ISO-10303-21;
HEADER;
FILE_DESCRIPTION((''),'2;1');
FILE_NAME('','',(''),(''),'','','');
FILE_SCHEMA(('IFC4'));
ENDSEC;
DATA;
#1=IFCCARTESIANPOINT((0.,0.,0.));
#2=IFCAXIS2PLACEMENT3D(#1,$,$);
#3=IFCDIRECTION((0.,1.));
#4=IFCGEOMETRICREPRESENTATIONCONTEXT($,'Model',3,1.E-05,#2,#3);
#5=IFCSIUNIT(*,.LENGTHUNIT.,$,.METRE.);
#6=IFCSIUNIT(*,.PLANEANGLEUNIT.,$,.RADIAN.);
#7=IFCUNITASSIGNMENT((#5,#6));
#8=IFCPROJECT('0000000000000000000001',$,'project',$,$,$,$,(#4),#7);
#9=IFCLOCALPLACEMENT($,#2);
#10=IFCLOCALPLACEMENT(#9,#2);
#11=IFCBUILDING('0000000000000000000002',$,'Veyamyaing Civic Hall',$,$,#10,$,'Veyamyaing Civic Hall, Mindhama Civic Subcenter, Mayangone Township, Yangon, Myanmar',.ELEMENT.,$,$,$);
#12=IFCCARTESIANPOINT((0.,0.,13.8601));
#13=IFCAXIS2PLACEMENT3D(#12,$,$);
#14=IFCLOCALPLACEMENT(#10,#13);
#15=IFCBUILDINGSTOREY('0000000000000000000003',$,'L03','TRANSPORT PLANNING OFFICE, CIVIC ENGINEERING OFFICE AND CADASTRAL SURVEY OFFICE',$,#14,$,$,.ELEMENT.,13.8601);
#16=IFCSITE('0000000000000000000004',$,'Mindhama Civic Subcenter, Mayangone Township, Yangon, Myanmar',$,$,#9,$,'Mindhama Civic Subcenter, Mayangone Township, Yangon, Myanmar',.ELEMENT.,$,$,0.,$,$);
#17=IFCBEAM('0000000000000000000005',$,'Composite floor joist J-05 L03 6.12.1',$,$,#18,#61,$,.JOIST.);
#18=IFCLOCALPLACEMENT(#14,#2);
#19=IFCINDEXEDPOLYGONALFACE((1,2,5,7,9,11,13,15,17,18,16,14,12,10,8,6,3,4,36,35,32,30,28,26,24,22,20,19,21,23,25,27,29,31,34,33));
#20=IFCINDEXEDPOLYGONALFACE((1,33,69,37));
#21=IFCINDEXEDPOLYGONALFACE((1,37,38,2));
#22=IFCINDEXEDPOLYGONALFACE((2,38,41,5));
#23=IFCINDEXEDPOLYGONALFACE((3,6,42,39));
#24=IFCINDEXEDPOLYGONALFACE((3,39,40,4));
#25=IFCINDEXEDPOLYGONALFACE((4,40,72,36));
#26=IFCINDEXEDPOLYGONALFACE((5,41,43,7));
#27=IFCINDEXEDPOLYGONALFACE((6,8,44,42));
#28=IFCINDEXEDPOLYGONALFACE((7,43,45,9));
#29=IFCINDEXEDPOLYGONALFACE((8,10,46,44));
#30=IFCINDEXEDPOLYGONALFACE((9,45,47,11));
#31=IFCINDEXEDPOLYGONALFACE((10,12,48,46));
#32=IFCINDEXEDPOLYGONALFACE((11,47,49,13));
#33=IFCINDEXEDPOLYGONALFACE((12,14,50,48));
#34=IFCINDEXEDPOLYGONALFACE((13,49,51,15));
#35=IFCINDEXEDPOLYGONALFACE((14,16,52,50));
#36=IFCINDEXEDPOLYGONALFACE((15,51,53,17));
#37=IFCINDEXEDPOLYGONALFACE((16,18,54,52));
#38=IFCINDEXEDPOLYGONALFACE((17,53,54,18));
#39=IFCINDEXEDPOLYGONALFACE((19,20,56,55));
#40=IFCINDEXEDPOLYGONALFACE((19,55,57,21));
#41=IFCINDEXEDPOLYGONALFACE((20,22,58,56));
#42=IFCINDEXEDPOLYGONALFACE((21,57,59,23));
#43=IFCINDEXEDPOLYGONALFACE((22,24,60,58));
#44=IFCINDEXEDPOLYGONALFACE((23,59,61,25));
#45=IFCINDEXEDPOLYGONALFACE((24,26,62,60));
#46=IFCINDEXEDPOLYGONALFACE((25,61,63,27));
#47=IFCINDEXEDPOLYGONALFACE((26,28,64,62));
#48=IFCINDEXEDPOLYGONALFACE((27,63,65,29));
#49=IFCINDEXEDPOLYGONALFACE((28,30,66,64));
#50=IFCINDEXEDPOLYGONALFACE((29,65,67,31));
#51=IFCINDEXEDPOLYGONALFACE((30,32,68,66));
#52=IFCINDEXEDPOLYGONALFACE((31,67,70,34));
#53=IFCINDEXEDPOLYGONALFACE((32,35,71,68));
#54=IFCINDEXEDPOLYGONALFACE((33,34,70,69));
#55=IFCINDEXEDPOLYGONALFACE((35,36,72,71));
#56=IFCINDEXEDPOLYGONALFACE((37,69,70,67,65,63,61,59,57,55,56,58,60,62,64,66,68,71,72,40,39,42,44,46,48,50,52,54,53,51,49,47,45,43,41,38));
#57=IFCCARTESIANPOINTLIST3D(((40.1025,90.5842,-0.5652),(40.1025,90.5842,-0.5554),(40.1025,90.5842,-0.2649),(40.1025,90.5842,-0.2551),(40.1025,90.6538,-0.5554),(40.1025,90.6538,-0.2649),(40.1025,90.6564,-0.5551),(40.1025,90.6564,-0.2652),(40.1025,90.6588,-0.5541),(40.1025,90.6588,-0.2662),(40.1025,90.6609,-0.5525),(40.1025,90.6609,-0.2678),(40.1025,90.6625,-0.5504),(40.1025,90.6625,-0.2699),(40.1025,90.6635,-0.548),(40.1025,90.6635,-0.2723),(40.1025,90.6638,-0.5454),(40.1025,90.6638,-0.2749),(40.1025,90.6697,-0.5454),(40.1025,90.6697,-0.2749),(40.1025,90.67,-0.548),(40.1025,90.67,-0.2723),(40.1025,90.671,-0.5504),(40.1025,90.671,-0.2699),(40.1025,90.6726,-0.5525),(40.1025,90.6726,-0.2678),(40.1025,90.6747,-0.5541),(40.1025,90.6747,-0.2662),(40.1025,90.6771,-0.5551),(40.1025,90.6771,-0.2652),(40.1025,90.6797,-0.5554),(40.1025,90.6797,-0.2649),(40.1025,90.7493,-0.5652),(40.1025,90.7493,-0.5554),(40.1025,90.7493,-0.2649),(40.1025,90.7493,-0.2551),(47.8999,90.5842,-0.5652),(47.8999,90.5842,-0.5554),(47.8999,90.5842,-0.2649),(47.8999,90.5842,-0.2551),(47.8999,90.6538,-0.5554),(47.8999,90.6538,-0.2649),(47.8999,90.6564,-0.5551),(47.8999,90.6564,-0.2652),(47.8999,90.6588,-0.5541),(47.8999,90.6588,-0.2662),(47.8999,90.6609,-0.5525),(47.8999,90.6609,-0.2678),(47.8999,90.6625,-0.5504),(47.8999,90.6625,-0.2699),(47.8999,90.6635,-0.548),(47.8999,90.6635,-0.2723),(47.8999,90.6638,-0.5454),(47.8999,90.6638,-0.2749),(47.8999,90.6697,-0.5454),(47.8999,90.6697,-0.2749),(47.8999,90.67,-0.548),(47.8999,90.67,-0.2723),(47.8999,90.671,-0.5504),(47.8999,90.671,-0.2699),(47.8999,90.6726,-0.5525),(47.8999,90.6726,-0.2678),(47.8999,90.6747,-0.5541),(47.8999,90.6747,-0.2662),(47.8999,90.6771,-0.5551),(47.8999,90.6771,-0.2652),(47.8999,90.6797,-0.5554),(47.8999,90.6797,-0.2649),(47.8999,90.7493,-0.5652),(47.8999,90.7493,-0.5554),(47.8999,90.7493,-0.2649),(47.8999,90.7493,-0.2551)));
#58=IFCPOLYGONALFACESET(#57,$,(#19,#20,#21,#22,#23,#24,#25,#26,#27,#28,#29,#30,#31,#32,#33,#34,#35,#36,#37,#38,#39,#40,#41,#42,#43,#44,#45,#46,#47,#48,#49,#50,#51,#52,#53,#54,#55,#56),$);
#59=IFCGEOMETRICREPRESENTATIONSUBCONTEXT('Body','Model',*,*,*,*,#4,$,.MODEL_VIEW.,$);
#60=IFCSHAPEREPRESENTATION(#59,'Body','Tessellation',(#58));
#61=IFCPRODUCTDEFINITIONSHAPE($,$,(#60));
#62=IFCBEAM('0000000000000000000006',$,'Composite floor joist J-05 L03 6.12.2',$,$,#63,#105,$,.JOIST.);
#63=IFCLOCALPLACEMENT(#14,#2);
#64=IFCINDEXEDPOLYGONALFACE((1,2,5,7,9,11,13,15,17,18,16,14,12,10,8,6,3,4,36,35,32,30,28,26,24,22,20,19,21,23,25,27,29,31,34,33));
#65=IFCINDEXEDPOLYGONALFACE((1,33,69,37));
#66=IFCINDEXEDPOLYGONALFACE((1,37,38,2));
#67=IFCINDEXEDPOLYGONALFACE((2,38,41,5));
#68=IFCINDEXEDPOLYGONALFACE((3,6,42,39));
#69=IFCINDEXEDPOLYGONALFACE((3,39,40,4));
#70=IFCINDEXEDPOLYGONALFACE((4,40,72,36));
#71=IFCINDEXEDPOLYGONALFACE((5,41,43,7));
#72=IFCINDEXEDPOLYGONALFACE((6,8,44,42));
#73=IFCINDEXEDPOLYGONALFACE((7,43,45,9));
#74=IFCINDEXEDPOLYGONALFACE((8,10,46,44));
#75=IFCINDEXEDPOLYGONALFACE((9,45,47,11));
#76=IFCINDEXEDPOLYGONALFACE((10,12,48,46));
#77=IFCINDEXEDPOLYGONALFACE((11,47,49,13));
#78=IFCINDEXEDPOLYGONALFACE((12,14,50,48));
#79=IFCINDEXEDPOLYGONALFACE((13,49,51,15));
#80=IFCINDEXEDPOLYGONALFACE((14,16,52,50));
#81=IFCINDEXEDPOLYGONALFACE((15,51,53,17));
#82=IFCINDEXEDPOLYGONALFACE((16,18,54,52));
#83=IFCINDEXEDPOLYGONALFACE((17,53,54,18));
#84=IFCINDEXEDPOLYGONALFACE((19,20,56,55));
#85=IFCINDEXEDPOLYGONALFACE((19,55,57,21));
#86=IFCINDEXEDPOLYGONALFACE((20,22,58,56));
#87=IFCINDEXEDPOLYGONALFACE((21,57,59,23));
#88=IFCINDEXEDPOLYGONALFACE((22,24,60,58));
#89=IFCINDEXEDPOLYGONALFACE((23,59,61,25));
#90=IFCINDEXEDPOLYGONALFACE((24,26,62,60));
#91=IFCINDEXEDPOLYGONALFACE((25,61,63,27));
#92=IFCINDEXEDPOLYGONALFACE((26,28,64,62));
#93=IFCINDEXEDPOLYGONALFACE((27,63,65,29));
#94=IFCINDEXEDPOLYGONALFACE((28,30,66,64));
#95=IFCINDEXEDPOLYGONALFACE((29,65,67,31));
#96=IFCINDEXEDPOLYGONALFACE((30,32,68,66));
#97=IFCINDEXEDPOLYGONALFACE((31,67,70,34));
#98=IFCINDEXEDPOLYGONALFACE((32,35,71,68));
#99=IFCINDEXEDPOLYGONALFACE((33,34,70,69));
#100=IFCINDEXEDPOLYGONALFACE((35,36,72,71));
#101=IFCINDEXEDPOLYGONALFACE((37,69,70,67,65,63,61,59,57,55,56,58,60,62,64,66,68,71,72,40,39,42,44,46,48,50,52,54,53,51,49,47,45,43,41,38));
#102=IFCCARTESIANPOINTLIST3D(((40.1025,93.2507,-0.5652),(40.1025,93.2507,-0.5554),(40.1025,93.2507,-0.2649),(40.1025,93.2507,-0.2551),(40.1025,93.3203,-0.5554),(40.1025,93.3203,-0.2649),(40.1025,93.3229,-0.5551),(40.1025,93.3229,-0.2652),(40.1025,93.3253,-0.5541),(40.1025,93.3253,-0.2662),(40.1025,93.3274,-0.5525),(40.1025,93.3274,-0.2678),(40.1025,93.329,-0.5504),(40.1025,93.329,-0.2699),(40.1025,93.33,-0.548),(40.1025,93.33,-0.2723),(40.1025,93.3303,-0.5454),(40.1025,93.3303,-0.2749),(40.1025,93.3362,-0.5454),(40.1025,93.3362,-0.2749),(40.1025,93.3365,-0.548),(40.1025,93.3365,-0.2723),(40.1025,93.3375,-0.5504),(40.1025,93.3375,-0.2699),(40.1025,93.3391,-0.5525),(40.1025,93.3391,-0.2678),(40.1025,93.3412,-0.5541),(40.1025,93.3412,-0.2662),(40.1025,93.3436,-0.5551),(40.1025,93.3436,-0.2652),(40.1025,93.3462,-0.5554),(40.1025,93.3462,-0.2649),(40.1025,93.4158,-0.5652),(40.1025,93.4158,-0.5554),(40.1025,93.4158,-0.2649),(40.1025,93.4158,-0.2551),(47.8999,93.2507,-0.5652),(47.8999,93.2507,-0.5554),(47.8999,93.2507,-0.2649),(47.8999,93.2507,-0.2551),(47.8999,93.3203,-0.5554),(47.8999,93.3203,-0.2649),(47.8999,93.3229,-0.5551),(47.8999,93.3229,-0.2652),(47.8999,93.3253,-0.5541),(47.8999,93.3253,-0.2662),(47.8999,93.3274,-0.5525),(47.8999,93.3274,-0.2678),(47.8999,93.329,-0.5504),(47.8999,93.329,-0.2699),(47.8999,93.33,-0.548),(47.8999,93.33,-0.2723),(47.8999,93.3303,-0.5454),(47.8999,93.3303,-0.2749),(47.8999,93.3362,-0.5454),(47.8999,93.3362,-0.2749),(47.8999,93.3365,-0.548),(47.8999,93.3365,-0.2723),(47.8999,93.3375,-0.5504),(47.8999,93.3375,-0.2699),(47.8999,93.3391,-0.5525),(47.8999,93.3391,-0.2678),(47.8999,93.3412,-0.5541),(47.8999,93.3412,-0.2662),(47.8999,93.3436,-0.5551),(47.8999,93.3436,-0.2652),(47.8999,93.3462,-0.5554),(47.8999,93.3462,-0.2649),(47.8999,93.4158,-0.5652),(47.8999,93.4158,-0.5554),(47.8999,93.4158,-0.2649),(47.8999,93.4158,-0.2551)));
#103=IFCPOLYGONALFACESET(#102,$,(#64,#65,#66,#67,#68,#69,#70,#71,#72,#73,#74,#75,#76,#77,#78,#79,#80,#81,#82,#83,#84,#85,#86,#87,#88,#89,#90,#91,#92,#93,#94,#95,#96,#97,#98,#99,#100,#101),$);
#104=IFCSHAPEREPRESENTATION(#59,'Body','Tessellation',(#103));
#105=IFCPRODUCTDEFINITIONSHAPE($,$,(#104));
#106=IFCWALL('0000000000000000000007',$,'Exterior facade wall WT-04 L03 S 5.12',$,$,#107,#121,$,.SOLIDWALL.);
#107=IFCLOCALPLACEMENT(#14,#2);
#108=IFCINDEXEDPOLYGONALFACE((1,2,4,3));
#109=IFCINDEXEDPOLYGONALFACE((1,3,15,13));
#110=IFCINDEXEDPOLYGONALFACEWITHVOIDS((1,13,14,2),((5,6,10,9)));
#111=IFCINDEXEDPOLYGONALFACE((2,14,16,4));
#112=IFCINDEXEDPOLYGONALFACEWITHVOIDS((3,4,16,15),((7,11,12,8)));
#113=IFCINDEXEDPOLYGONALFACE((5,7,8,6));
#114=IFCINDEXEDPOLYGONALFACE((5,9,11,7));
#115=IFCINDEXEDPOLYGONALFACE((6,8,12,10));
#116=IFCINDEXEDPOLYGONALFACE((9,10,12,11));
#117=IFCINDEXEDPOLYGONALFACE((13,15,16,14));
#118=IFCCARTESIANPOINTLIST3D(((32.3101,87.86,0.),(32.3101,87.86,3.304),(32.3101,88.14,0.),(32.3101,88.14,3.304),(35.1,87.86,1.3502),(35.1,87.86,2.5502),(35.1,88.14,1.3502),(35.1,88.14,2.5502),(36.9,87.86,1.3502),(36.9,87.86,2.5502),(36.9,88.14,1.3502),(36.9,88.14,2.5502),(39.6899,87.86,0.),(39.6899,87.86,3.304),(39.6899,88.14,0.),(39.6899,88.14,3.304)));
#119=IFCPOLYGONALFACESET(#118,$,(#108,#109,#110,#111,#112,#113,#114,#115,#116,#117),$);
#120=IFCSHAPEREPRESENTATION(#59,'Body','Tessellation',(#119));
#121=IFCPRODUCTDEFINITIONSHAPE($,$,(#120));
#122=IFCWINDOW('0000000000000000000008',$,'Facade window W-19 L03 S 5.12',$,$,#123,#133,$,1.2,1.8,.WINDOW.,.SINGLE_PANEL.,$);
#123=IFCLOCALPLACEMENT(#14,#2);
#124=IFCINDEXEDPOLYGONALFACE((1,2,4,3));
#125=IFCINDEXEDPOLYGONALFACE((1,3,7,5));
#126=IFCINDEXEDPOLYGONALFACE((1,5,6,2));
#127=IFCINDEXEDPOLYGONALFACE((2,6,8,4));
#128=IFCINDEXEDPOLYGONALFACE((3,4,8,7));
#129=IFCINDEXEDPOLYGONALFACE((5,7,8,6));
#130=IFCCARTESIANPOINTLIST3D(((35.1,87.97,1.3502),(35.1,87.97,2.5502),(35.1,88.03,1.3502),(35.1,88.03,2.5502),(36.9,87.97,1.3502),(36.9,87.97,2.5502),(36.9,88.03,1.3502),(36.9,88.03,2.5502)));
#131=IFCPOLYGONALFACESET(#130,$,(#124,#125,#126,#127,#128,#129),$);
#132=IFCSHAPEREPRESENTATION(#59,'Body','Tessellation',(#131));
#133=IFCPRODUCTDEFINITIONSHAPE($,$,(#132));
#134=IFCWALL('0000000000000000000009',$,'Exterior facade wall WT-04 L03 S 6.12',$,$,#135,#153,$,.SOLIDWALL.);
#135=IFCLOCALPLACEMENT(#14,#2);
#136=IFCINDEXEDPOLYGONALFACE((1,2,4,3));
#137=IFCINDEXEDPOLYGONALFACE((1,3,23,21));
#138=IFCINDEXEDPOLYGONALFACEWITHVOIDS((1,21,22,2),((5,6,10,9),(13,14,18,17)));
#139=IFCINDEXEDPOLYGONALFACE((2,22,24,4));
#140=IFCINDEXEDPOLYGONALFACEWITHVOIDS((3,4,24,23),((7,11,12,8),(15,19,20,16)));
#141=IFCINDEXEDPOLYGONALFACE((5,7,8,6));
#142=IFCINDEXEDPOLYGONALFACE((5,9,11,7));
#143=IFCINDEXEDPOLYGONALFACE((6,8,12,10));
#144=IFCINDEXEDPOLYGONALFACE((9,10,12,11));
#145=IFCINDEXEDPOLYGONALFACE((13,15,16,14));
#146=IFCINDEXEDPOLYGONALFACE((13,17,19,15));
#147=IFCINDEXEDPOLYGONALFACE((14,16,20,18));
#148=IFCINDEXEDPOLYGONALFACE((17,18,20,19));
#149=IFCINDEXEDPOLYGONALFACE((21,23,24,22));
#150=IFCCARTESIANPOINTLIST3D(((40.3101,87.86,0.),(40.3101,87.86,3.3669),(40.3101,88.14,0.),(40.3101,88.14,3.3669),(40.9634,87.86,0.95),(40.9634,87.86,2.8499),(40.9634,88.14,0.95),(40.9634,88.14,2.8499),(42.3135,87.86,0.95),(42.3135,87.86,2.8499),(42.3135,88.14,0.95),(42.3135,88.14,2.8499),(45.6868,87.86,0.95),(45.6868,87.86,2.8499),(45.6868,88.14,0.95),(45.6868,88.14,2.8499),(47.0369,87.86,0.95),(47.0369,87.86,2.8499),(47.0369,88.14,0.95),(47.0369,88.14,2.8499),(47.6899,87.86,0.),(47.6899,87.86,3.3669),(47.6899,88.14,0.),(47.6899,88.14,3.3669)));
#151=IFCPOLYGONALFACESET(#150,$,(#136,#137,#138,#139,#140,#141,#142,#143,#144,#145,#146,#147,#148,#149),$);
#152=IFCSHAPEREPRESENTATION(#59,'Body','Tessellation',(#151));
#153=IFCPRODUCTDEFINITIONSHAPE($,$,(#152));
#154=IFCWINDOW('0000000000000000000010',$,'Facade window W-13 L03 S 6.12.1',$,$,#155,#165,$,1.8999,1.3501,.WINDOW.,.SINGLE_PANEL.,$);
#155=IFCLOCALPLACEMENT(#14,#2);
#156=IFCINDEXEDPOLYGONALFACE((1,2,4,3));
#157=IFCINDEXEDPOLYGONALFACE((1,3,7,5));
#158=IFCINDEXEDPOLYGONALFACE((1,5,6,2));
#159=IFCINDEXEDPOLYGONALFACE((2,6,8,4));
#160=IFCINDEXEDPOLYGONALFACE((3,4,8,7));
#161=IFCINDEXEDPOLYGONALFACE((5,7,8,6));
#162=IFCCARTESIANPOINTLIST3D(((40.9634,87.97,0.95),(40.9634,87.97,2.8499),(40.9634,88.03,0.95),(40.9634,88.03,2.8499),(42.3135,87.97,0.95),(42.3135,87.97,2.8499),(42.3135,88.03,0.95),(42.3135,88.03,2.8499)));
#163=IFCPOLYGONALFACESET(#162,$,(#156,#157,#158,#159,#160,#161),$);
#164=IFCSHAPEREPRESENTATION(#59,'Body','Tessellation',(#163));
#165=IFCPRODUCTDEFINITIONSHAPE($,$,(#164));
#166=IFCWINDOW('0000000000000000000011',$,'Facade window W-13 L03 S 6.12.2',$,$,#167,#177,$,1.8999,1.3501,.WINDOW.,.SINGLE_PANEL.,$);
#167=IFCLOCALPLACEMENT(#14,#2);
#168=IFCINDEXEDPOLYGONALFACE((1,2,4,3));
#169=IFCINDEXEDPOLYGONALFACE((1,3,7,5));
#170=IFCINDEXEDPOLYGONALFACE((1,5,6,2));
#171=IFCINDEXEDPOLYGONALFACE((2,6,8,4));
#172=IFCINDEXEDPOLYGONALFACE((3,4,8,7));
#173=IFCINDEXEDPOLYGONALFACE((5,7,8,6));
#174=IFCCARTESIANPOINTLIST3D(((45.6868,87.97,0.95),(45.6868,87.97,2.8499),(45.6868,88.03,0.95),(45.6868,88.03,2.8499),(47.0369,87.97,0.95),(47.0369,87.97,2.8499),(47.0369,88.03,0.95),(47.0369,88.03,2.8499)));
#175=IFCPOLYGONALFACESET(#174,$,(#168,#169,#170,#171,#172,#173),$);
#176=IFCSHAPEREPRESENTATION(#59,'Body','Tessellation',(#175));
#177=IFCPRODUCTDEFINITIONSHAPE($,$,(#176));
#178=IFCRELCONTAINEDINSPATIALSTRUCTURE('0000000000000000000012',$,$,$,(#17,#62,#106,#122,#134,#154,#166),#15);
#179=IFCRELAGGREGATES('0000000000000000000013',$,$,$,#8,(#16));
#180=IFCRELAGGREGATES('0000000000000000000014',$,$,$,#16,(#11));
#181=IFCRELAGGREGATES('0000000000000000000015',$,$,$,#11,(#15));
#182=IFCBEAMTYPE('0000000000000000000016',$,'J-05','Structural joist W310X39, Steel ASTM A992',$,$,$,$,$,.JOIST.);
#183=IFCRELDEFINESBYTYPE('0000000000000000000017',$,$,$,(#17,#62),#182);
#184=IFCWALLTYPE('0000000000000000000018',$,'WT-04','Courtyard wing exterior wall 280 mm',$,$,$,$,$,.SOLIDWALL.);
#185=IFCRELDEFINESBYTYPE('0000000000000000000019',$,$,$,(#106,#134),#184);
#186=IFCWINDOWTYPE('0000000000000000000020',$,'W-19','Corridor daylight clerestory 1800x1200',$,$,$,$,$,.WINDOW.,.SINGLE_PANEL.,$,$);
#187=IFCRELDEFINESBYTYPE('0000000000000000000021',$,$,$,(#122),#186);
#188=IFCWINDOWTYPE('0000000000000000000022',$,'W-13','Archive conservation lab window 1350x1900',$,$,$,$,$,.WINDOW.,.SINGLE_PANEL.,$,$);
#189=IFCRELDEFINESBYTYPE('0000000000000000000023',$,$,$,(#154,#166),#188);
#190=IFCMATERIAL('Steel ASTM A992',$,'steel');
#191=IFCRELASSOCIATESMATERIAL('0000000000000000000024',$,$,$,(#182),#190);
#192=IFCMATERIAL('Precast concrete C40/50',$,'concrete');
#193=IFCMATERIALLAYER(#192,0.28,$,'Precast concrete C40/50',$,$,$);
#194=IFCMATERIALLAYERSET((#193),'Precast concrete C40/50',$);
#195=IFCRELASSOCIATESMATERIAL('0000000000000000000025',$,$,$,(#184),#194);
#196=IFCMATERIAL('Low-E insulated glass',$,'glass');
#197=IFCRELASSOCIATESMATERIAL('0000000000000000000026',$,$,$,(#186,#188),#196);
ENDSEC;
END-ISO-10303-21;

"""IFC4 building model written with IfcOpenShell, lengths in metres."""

from ifc_helpers import new_model, si_unit, direction, frame, frame_2d, origin, origin_2d, place, context, subcontext, project, spatial, rectangle, i_section, extrude, material, layer, layer_set, material_profile, profile_set, type_object, element, fill, save


model = new_model("IFC4")

# Units and contexts
model_context = context("Model", 3, precision=1e-05, world=origin(), true_north=direction((0.0, 1.0)))
body_context = subcontext(model_context, "Body", "Model", "MODEL_VIEW")
ifc_project = project(units=[si_unit("LENGTHUNIT", "METRE"), si_unit("PLANEANGLEUNIT", "RADIAN")], contexts=[model_context])

# Site, building, storey
site_placement = place(None, origin())
site = spatial("IfcSite", under=ifc_project, at=site_placement, Name="Mindhama Civic Subcenter, Mayangone Township, Yangon, Myanmar", LongName="Mindhama Civic Subcenter, Mayangone Township, Yangon, Myanmar", CompositionType="ELEMENT", RefElevation=0.0)
building_placement = place(site_placement, origin())
building = spatial("IfcBuilding", under=site, at=building_placement, Name="Veyamyaing Civic Hall", LongName="Veyamyaing Civic Hall, Mindhama Civic Subcenter, Mayangone Township, Yangon, Myanmar", CompositionType="ELEMENT")
storey_placement = place(building_placement, frame((0.0, 0.0, 13.8601)))
storey = spatial("IfcBuildingStorey", under=building, at=storey_placement, Name="L03", Description="TRANSPORT PLANNING OFFICE, CIVIC ENGINEERING OFFICE AND CADASTRAL SURVEY OFFICE", CompositionType="ELEMENT", Elevation=13.8601)

# Beams
ifc_material_1 = material(Name="Steel ASTM A992", Category="steel")
ifc_material_profile_1 = material_profile(ifc_material_1, i_section(OverallWidth=0.165, OverallDepth=0.3101, WebThickness=0.0059, FlangeThickness=0.0098, FilletRadius=0.01, at=origin_2d()), Name="W310X39")
ifc_profile_set_1 = profile_set([ifc_material_profile_1], Name="Steel ASTM A992")
beam_type_1 = type_object("IfcBeamType", Name="J-05", Description="Structural joist W310X39, Steel ASTM A992", PredefinedType="JOIST", material=ifc_profile_set_1)
for number, where, z_axis, x_axis, name in (
    (1, (40.1025, 90.6667, -0.4102), (1.0, 0.0, 0.0), (0.0, 1.0, 0.0), "Composite floor joist J-05 L03 6.12.1"),
    (2, (40.1025, 93.3333, -0.4102), (1.0, 0.0, 0.0), (0.0, 1.0, 0.0), "Composite floor joist J-05 L03 6.12.2"),
):
    element("IfcBeam", number, at=place(storey_placement, frame(where, z_axis=z_axis, x_axis=x_axis)), inside=storey, type_object=beam_type_1, Name=name, PredefinedType="JOIST", context=body_context, shape_type="SweptSolid", body=[
        extrude(i_section(OverallWidth=0.165, OverallDepth=0.3101, WebThickness=0.0059, FlangeThickness=0.0098, FilletRadius=0.01, at=origin_2d()), origin(), (0.0, 0.0, 1.0), 7.7974),
    ])

# Wall, opening, window
ifc_material_2 = material(Name="Precast concrete C40/50", Category="concrete")
ifc_layer_1 = layer(ifc_material_2, 0.28, Name="Precast concrete C40/50")
ifc_layer_set_1 = layer_set([ifc_layer_1], Name="Precast concrete C40/50")
wall_type_1 = type_object("IfcWallType", Name="WT-04", Description="Courtyard wing exterior wall 280 mm", PredefinedType="SOLIDWALL", material=ifc_layer_set_1)
wall_1_placement = place(storey_placement, frame((32.3101, 88.0, 0.0), z_axis=(0.0, 0.0, 1.0), x_axis=(1.0, 0.0, 0.0)))
wall_1 = element("IfcWall", 3, at=wall_1_placement, inside=storey, type_object=wall_type_1, Name="Exterior facade wall WT-04 L03 S 5.12", PredefinedType="SOLIDWALL", context=body_context, shape_type="SweptSolid", body=[
    extrude(rectangle(XDim=7.3799, YDim=0.28, at=frame_2d((3.6899, 0.0))), origin(), (0.0, 0.0, 1.0), 3.304),
])
opening_1_placement = place(wall_1_placement, frame((2.79, 0.0, 1.3501)))
opening_1 = element("IfcOpeningElement", 4, at=opening_1_placement, cuts=wall_1, PredefinedType="OPENING", context=body_context, shape_type="SweptSolid", body=[
    extrude(rectangle(XDim=1.8, YDim=1.2, at=frame_2d((0.8999, 0.6001))), frame((0.0, 0.1499, 0.0), z_axis=(0.0, -1.0, 0.0), x_axis=(1.0, 0.0, 0.0)), (0.0, 0.0, 1.0), 0.3),
])
ifc_material_3 = material(Name="Low-E insulated glass", Category="glass")
window_type_1 = type_object("IfcWindowType", Name="W-19", Description="Corridor daylight clerestory 1800x1200", PartitioningType="SINGLE_PANEL", PredefinedType="WINDOW", material=ifc_material_3)
window_1_placement = place(opening_1_placement, origin())
window_1 = element("IfcWindow", 5, at=window_1_placement, inside=storey, type_object=window_type_1, Name="Facade window W-19 L03 S 5.12", OverallHeight=1.2, OverallWidth=1.8, PartitioningType="SINGLE_PANEL", PredefinedType="WINDOW", context=body_context, shape_type="SweptSolid", body=[
    extrude(rectangle(XDim=1.8, YDim=1.2, at=frame_2d((0.8999, 0.6001))), frame((0.0, 0.03, 0.0), z_axis=(0.0, -1.0, 0.0), x_axis=(1.0, 0.0, 0.0)), (0.0, 0.0, 1.0), 0.0601),
])
fill(opening_1, window_1)

# Wall, openings, windows
wall_2_placement = place(storey_placement, frame((40.3101, 88.0, 0.0), z_axis=(0.0, 0.0, 1.0), x_axis=(1.0, 0.0, 0.0)))
wall_2 = element("IfcWall", 6, at=wall_2_placement, inside=storey, type_object=wall_type_1, Name="Exterior facade wall WT-04 L03 S 6.12", PredefinedType="SOLIDWALL", context=body_context, shape_type="SweptSolid", body=[
    extrude(rectangle(XDim=7.3799, YDim=0.28, at=frame_2d((3.6899, 0.0))), origin(), (0.0, 0.0, 1.0), 3.3669),
])
opening_2_placement = place(wall_2_placement, frame((0.6533, 0.0, 0.95)))
opening_2 = element("IfcOpeningElement", 7, at=opening_2_placement, cuts=wall_2, PredefinedType="OPENING", context=body_context, shape_type="SweptSolid", body=[
    extrude(rectangle(XDim=1.3501, YDim=1.8999, at=frame_2d((0.675, 0.95))), frame((0.0, 0.1499, 0.0), z_axis=(0.0, -1.0, 0.0), x_axis=(1.0, 0.0, 0.0)), (0.0, 0.0, 1.0), 0.3),
])
opening_3_placement = place(wall_2_placement, frame((5.3767, 0.0, 0.95)))
opening_3 = element("IfcOpeningElement", 8, at=opening_3_placement, cuts=wall_2, PredefinedType="OPENING", context=body_context, shape_type="SweptSolid", body=[
    extrude(rectangle(XDim=1.3501, YDim=1.8999, at=frame_2d((0.675, 0.95))), frame((0.0, 0.1499, 0.0), z_axis=(0.0, -1.0, 0.0), x_axis=(1.0, 0.0, 0.0)), (0.0, 0.0, 1.0), 0.3),
])
window_type_2 = type_object("IfcWindowType", Name="W-13", Description="Archive conservation lab window 1350x1900", PartitioningType="SINGLE_PANEL", PredefinedType="WINDOW", material=ifc_material_3)
window_2_placement = place(opening_2_placement, origin())
window_2 = element("IfcWindow", 9, at=window_2_placement, inside=storey, type_object=window_type_2, Name="Facade window W-13 L03 S 6.12.1", OverallHeight=1.8999, OverallWidth=1.3501, PartitioningType="SINGLE_PANEL", PredefinedType="WINDOW", context=body_context, shape_type="SweptSolid", body=[
    extrude(rectangle(XDim=1.3501, YDim=1.8999, at=frame_2d((0.675, 0.95))), frame((0.0, 0.03, 0.0), z_axis=(0.0, -1.0, 0.0), x_axis=(1.0, 0.0, 0.0)), (0.0, 0.0, 1.0), 0.0601),
])
fill(opening_2, window_2)
window_3_placement = place(opening_3_placement, origin())
window_3 = element("IfcWindow", 10, at=window_3_placement, inside=storey, type_object=window_type_2, Name="Facade window W-13 L03 S 6.12.2", OverallHeight=1.8999, OverallWidth=1.3501, PartitioningType="SINGLE_PANEL", PredefinedType="WINDOW", context=body_context, shape_type="SweptSolid", body=[
    extrude(rectangle(XDim=1.3501, YDim=1.8999, at=frame_2d((0.675, 0.95))), frame((0.0, 0.03, 0.0), z_axis=(0.0, -1.0, 0.0), x_axis=(1.0, 0.0, 0.0)), (0.0, 0.0, 1.0), 0.0601),
])
fill(opening_3, window_3)

save(model, "model.ifc")
